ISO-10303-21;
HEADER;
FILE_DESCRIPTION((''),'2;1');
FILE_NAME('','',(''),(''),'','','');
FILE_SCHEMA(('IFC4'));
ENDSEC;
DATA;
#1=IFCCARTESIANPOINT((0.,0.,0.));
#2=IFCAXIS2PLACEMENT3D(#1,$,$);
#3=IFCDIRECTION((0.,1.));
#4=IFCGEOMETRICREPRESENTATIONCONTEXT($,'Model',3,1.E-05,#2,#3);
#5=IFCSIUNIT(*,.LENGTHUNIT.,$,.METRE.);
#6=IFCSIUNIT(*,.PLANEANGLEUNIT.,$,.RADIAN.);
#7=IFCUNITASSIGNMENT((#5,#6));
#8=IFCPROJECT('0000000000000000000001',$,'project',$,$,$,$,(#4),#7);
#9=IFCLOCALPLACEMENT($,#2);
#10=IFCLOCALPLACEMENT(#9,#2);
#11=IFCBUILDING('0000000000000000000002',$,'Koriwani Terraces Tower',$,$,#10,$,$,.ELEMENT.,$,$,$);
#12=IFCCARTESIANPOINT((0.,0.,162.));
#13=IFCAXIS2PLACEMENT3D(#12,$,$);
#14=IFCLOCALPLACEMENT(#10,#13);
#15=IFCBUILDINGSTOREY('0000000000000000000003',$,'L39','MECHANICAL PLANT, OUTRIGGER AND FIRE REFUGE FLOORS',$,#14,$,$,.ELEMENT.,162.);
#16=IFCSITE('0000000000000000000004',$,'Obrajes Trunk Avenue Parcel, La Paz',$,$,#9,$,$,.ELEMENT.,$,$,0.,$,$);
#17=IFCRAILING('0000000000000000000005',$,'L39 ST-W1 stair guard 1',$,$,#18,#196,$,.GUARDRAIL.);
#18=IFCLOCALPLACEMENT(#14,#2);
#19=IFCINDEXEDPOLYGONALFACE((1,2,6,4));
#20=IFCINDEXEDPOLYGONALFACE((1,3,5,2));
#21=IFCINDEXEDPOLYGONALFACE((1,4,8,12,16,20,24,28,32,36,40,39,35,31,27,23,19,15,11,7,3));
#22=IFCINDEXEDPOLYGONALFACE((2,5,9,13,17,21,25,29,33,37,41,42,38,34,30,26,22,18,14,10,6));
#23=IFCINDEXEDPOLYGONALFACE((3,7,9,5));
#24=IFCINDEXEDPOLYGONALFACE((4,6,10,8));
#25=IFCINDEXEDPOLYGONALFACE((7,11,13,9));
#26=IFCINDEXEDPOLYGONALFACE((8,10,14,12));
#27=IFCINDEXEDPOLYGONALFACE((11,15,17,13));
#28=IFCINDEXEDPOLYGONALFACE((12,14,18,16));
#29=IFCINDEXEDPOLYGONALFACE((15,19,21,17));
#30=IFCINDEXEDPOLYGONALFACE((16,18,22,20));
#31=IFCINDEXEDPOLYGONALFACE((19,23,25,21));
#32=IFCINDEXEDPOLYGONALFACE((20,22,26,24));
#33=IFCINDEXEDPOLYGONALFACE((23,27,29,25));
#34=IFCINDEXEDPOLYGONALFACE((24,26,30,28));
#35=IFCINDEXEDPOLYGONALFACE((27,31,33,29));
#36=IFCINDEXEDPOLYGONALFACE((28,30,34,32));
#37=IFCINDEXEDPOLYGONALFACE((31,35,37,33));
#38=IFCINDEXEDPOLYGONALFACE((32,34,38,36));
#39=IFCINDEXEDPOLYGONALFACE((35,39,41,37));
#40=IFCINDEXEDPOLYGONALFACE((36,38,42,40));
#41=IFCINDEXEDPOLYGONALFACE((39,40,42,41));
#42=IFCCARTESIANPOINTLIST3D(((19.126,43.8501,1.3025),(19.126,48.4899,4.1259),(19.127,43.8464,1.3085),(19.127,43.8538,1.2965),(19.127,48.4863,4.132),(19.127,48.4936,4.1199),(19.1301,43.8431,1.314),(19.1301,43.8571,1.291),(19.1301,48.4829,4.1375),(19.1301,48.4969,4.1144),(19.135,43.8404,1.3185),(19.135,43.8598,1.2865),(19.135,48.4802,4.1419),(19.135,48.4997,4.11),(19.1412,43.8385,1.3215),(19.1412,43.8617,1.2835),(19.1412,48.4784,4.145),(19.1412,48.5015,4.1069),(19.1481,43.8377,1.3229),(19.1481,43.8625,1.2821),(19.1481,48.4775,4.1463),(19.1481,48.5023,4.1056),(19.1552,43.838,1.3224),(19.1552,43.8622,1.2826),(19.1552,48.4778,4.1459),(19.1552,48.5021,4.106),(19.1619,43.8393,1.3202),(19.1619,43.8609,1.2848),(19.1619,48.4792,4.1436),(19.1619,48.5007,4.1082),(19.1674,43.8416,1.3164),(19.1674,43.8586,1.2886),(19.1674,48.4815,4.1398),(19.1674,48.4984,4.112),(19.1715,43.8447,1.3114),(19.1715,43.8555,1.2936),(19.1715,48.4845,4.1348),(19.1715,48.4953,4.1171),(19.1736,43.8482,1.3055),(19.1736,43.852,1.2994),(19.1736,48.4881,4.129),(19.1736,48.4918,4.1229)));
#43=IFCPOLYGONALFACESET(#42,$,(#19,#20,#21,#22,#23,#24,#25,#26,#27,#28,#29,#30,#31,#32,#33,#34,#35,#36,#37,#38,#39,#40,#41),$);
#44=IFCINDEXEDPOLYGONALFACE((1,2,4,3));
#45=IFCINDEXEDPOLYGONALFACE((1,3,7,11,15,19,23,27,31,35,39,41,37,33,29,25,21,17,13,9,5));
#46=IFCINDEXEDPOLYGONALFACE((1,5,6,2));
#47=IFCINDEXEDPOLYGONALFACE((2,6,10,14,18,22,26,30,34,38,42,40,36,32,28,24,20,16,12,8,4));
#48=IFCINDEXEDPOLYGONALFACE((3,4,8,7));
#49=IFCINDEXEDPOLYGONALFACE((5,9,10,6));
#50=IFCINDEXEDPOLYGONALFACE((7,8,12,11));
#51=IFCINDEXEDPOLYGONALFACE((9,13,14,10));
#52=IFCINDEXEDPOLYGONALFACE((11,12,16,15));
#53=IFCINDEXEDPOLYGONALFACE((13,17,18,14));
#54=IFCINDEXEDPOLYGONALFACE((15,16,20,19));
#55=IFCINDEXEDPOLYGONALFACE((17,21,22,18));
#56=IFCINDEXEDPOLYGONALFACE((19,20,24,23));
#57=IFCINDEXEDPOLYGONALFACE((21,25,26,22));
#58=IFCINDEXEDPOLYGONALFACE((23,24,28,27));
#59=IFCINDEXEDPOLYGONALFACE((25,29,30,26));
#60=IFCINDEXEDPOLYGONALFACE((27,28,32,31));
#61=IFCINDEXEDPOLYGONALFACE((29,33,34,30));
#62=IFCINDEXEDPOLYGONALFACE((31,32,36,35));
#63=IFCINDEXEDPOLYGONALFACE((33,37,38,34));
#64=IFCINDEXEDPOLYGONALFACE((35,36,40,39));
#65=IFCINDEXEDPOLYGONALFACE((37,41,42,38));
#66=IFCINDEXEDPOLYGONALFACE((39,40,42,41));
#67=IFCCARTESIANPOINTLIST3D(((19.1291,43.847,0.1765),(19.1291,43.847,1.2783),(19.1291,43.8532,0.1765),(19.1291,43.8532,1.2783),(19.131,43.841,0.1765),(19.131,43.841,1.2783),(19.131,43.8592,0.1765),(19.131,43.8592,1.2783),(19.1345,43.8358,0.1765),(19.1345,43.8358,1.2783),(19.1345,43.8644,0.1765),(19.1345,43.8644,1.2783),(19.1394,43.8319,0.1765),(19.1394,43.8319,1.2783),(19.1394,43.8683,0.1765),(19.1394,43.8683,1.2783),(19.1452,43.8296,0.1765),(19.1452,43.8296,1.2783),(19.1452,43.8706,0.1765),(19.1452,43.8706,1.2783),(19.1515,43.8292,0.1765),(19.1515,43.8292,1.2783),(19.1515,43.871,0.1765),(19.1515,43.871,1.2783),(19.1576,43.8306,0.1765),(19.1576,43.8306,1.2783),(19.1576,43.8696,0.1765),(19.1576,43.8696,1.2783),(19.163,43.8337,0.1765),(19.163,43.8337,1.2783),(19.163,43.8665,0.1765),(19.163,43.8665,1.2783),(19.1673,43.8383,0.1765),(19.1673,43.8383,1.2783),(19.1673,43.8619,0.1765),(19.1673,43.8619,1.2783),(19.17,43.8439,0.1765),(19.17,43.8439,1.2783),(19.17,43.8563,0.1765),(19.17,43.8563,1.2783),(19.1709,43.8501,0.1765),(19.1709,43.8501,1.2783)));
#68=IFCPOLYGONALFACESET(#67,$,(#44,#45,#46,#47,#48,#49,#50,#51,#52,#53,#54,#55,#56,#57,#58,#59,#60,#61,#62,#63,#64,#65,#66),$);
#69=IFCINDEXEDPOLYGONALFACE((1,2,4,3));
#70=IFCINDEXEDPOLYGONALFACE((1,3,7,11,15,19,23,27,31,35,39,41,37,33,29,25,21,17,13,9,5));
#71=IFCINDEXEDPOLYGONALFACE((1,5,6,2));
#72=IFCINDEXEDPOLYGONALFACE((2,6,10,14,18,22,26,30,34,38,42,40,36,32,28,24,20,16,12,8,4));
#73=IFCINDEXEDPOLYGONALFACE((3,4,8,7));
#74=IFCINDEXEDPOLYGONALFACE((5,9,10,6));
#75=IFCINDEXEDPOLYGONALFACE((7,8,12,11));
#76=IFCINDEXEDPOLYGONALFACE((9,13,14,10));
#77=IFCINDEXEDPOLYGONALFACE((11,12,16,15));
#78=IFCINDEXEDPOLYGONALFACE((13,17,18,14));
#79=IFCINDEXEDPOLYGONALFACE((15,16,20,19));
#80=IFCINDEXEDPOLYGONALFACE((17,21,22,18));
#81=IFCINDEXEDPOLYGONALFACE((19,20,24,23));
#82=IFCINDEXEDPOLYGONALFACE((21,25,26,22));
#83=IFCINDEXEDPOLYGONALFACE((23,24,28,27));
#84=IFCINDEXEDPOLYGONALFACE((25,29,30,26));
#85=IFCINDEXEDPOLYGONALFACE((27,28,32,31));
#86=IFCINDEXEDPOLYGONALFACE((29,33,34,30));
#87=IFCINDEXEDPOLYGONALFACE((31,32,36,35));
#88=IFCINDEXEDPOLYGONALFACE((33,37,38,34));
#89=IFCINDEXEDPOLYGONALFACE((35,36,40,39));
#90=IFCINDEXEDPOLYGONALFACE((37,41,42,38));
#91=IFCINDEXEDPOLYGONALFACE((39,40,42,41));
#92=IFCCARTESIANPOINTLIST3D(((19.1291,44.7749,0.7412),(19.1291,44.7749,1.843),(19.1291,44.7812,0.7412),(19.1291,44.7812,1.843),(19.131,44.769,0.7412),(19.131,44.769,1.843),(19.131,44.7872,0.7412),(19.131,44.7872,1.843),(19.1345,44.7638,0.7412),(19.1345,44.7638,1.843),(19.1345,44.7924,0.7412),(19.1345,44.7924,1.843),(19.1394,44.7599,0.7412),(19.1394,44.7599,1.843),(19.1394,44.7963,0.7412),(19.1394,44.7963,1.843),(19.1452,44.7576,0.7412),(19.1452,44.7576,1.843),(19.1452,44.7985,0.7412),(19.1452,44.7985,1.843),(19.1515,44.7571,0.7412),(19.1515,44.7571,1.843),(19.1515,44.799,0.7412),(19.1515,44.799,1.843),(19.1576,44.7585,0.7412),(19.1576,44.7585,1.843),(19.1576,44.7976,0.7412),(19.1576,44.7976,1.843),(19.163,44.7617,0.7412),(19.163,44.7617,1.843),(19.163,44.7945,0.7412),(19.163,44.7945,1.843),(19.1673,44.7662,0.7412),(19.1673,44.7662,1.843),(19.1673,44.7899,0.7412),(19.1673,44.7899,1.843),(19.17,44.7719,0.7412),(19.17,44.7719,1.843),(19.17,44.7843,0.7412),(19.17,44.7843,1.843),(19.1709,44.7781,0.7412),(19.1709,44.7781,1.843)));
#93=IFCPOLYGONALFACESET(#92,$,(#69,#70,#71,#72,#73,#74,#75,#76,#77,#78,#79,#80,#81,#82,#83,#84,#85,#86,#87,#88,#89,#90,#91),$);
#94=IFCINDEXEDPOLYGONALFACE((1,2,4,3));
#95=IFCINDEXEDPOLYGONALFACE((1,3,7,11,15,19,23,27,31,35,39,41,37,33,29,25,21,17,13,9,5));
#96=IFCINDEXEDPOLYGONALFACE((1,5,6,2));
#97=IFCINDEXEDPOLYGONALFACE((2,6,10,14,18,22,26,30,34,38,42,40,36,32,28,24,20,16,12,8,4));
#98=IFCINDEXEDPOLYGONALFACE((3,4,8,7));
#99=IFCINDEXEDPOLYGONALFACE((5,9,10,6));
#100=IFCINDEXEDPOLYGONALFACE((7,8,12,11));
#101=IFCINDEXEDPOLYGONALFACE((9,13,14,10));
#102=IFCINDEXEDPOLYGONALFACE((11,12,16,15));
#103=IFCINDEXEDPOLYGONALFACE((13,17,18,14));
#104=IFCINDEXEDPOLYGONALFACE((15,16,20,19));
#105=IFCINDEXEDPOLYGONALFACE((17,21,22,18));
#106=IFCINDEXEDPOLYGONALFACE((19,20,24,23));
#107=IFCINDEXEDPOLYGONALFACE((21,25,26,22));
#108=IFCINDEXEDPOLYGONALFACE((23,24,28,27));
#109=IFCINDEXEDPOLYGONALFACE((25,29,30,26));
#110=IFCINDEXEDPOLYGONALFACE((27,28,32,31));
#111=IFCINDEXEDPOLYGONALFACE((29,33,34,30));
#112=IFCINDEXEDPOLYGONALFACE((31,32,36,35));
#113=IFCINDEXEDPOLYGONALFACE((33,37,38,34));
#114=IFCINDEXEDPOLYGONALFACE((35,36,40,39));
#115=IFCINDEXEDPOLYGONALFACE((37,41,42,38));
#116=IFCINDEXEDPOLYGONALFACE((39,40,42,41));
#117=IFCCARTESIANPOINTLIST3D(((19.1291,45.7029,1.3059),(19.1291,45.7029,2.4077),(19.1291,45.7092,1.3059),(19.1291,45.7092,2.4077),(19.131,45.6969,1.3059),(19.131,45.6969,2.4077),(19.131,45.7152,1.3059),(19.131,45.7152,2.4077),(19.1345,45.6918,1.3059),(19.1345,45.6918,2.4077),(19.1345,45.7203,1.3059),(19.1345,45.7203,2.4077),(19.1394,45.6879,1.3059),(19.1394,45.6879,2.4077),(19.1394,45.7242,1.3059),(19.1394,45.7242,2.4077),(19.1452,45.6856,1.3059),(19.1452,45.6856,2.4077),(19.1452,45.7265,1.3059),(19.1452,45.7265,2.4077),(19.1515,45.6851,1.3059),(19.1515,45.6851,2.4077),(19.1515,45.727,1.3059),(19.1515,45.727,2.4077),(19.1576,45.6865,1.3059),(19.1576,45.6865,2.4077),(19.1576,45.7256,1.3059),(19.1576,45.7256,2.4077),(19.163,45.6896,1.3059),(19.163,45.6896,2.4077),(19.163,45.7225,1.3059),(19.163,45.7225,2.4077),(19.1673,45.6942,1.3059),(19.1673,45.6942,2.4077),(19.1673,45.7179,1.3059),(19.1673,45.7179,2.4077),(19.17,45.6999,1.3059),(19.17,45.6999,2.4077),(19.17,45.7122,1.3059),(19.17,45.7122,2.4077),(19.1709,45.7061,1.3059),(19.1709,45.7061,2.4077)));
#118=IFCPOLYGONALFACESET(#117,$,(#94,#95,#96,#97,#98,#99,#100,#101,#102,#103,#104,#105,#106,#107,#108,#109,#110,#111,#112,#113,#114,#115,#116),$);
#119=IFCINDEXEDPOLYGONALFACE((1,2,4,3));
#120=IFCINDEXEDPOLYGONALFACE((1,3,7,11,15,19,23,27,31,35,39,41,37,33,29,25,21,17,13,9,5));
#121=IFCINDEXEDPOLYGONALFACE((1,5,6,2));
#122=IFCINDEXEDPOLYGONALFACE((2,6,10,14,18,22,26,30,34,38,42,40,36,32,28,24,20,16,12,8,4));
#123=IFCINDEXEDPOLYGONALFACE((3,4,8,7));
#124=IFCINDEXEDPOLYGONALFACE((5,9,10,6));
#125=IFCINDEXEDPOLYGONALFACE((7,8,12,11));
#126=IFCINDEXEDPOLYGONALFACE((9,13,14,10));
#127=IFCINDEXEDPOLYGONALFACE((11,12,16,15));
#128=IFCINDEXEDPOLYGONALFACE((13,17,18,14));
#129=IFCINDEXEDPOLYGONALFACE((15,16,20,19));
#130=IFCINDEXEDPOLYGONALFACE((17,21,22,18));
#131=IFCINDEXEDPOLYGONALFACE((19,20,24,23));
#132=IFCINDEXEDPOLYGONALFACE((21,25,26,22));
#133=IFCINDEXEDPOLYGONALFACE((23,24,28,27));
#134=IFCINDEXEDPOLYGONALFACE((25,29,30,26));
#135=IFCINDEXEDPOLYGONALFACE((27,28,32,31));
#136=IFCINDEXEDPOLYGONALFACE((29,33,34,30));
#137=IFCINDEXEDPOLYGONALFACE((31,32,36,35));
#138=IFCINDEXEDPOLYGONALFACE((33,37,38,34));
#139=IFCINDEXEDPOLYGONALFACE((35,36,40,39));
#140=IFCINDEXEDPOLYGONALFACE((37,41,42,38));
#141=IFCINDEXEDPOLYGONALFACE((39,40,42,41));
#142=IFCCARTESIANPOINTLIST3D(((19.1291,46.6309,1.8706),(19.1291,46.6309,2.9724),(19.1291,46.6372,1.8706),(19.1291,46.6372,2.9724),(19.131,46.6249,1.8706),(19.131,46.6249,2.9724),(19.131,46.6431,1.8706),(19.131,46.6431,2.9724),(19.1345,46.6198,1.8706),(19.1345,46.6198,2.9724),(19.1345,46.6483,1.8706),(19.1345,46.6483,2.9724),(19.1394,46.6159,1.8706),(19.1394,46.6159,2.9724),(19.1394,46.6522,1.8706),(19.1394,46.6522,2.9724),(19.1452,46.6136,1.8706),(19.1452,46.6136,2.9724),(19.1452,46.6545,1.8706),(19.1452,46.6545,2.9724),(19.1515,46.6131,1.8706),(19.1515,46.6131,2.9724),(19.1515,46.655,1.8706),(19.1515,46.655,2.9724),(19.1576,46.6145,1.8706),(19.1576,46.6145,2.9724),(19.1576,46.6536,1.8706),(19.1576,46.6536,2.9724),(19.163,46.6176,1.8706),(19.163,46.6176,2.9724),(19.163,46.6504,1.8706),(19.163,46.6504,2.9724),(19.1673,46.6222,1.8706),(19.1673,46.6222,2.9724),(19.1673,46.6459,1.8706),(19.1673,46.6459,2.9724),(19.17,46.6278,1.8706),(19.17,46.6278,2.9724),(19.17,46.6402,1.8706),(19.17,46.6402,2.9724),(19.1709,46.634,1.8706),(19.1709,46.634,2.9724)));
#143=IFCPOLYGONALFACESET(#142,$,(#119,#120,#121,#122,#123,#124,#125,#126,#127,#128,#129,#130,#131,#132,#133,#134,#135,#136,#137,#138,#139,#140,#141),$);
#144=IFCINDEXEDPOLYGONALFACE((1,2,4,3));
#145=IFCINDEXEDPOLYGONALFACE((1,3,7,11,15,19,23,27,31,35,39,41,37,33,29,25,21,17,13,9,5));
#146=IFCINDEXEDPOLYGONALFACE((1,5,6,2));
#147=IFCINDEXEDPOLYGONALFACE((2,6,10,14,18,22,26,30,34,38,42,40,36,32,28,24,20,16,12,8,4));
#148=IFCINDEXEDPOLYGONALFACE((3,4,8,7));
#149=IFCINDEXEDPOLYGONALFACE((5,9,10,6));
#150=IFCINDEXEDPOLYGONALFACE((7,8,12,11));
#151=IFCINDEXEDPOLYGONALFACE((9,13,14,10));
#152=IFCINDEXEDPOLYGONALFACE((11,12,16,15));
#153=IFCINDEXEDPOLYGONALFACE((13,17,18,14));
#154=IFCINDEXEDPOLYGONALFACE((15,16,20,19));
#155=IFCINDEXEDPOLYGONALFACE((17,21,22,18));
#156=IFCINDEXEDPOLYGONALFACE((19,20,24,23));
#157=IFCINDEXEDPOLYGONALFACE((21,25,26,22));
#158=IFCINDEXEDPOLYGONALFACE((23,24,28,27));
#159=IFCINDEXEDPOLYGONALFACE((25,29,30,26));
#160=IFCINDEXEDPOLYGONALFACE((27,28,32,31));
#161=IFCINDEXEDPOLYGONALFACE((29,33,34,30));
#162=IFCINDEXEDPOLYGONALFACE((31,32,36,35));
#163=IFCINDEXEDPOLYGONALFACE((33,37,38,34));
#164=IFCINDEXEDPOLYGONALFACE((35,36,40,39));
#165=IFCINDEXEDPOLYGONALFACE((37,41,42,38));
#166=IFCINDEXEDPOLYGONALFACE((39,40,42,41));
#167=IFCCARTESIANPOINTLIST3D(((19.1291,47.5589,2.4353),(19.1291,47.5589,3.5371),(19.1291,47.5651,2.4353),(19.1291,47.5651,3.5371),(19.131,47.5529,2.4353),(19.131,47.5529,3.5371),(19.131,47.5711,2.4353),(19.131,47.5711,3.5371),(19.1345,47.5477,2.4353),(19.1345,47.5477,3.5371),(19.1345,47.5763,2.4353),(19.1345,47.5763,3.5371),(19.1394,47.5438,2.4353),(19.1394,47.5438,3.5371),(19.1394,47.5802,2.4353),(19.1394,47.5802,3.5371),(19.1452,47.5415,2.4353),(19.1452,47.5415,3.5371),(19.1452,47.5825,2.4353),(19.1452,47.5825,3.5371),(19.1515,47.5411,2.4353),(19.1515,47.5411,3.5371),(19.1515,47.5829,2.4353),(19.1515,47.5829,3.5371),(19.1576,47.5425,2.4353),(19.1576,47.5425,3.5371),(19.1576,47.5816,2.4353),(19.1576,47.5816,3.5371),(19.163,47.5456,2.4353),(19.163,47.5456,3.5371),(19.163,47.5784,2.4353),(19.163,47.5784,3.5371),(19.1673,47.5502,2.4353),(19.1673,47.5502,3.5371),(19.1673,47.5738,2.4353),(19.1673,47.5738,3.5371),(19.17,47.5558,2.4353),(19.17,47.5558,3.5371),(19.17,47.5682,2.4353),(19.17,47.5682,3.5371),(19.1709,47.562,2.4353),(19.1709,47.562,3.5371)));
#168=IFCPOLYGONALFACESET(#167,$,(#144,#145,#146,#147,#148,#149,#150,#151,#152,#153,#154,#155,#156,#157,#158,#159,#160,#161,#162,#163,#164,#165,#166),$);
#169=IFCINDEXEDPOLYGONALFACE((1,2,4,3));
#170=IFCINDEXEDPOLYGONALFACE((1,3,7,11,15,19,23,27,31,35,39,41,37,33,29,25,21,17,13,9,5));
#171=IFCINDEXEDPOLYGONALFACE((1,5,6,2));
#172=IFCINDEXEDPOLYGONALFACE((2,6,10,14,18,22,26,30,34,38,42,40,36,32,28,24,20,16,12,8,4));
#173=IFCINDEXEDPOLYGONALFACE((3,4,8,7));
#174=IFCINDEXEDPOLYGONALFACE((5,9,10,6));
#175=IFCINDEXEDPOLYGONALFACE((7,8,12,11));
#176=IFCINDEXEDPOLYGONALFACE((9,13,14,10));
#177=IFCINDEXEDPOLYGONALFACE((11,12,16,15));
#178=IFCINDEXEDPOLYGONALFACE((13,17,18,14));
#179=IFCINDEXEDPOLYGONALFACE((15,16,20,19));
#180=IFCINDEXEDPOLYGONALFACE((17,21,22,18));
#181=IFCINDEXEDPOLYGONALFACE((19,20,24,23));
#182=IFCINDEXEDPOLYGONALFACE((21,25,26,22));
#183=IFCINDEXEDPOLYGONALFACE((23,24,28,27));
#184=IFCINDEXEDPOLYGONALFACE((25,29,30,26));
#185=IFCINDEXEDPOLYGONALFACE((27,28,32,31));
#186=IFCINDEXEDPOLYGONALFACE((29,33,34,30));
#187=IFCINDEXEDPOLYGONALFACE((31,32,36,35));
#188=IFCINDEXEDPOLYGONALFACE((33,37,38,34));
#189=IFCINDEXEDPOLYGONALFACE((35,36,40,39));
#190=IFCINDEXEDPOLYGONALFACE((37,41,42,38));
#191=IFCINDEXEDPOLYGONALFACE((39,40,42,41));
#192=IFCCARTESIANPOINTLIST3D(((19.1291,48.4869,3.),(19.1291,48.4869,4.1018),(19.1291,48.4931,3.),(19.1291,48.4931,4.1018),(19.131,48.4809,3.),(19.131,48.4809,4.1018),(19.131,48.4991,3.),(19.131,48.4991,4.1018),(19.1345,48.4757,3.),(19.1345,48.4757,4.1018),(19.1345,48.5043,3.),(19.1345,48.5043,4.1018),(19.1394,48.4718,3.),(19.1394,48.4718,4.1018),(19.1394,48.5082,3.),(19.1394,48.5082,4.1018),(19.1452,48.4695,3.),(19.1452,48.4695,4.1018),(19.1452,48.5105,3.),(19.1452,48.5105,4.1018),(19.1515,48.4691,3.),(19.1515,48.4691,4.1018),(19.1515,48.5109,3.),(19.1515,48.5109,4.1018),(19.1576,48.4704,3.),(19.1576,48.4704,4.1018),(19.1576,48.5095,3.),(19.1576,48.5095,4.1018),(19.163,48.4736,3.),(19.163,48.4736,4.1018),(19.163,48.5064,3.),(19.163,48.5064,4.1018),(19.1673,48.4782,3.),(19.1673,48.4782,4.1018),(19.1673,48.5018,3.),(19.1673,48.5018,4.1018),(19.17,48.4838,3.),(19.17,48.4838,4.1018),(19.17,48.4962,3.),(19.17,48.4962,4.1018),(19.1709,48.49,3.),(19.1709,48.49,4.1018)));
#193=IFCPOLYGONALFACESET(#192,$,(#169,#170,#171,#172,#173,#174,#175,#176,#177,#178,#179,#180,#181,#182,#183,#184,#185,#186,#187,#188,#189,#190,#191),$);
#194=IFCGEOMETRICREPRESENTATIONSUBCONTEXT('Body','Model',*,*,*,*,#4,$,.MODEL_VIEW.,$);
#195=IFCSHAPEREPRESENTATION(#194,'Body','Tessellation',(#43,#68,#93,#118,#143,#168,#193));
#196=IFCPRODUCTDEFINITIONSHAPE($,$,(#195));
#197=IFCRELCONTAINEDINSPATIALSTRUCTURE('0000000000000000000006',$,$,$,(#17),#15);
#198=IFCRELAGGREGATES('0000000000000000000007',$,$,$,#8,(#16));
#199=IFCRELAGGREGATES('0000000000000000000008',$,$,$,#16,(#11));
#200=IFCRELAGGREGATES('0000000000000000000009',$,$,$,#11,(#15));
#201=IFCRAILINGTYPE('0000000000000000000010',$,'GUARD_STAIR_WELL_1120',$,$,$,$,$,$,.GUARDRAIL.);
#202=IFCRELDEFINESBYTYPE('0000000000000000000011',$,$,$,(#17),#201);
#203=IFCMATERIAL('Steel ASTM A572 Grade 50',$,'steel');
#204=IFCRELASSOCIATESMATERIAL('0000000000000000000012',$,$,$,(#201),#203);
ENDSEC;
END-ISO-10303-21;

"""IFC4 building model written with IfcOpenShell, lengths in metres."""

from ifc_helpers import new_model, si_unit, direction, frame, origin, origin_2d, place, context, subcontext, project, spatial, circle, extrude, material, type_object, element, save


model = new_model("IFC4")

# Units and contexts
model_context = context("Model", 3, precision=1e-05, world=origin(), true_north=direction((0.0, 1.0)))
body_context = subcontext(model_context, "Body", "Model", "MODEL_VIEW")
ifc_project = project(units=[si_unit("LENGTHUNIT", "METRE"), si_unit("PLANEANGLEUNIT", "RADIAN")], contexts=[model_context])

# Site, building, storey
site_placement = place(None, origin())
site = spatial("IfcSite", under=ifc_project, at=site_placement, Name="Obrajes Trunk Avenue Parcel, La Paz", CompositionType="ELEMENT", RefElevation=0.0)
building_placement = place(site_placement, origin())
building = spatial("IfcBuilding", under=site, at=building_placement, Name="Koriwani Terraces Tower", CompositionType="ELEMENT")
storey_placement = place(building_placement, frame((0.0, 0.0, 162.0)))
storey = spatial("IfcBuildingStorey", under=building, at=storey_placement, Name="L39", Description="MECHANICAL PLANT, OUTRIGGER AND FIRE REFUGE FLOORS", CompositionType="ELEMENT", Elevation=162.0)

# Shared definitions
ifc_material_1 = material(Name="Steel ASTM A572 Grade 50", Category="steel")

# Railing
railing_type_1 = type_object("IfcRailingType", Name="GUARD_STAIR_WELL_1120", PredefinedType="GUARDRAIL", material=ifc_material_1)
railing_1_placement = place(storey_placement, frame((19.1499, 43.8501, 0.1765)))
element("IfcRailing", 1, at=railing_1_placement, inside=storey, type_object=railing_type_1, Name="L39 ST-W1 stair guard 1", PredefinedType="GUARDRAIL", context=body_context, shape_type="SweptSolid", body=[
    extrude(circle(Radius=0.0239, at=origin_2d()), frame((0.0, 0.0, 1.126), z_axis=(0.0, 0.854264, 0.51984), x_axis=(-1.0, 0.0, 0.0)), (0.0, 0.0, 1.0), 5.4314),
    extrude(circle(Radius=0.021, at=origin_2d()), origin(), (0.0, 0.0, 1.0), 1.1018),
    extrude(circle(Radius=0.021, at=origin_2d()), frame((0.0, 0.928, 0.5647)), (0.0, 0.0, 1.0), 1.1018),
    extrude(circle(Radius=0.021, at=origin_2d()), frame((0.0, 1.856, 1.1294)), (0.0, 0.0, 1.0), 1.1018),
    extrude(circle(Radius=0.021, at=origin_2d()), frame((0.0, 2.7839, 1.6941)), (0.0, 0.0, 1.0), 1.1018),
    extrude(circle(Radius=0.021, at=origin_2d()), frame((0.0, 3.7119, 2.2588)), (0.0, 0.0, 1.0), 1.1018),
    extrude(circle(Radius=0.021, at=origin_2d()), frame((0.0, 4.6399, 2.8235)), (0.0, 0.0, 1.0), 1.1018),
])

save(model, "model.ifc")
